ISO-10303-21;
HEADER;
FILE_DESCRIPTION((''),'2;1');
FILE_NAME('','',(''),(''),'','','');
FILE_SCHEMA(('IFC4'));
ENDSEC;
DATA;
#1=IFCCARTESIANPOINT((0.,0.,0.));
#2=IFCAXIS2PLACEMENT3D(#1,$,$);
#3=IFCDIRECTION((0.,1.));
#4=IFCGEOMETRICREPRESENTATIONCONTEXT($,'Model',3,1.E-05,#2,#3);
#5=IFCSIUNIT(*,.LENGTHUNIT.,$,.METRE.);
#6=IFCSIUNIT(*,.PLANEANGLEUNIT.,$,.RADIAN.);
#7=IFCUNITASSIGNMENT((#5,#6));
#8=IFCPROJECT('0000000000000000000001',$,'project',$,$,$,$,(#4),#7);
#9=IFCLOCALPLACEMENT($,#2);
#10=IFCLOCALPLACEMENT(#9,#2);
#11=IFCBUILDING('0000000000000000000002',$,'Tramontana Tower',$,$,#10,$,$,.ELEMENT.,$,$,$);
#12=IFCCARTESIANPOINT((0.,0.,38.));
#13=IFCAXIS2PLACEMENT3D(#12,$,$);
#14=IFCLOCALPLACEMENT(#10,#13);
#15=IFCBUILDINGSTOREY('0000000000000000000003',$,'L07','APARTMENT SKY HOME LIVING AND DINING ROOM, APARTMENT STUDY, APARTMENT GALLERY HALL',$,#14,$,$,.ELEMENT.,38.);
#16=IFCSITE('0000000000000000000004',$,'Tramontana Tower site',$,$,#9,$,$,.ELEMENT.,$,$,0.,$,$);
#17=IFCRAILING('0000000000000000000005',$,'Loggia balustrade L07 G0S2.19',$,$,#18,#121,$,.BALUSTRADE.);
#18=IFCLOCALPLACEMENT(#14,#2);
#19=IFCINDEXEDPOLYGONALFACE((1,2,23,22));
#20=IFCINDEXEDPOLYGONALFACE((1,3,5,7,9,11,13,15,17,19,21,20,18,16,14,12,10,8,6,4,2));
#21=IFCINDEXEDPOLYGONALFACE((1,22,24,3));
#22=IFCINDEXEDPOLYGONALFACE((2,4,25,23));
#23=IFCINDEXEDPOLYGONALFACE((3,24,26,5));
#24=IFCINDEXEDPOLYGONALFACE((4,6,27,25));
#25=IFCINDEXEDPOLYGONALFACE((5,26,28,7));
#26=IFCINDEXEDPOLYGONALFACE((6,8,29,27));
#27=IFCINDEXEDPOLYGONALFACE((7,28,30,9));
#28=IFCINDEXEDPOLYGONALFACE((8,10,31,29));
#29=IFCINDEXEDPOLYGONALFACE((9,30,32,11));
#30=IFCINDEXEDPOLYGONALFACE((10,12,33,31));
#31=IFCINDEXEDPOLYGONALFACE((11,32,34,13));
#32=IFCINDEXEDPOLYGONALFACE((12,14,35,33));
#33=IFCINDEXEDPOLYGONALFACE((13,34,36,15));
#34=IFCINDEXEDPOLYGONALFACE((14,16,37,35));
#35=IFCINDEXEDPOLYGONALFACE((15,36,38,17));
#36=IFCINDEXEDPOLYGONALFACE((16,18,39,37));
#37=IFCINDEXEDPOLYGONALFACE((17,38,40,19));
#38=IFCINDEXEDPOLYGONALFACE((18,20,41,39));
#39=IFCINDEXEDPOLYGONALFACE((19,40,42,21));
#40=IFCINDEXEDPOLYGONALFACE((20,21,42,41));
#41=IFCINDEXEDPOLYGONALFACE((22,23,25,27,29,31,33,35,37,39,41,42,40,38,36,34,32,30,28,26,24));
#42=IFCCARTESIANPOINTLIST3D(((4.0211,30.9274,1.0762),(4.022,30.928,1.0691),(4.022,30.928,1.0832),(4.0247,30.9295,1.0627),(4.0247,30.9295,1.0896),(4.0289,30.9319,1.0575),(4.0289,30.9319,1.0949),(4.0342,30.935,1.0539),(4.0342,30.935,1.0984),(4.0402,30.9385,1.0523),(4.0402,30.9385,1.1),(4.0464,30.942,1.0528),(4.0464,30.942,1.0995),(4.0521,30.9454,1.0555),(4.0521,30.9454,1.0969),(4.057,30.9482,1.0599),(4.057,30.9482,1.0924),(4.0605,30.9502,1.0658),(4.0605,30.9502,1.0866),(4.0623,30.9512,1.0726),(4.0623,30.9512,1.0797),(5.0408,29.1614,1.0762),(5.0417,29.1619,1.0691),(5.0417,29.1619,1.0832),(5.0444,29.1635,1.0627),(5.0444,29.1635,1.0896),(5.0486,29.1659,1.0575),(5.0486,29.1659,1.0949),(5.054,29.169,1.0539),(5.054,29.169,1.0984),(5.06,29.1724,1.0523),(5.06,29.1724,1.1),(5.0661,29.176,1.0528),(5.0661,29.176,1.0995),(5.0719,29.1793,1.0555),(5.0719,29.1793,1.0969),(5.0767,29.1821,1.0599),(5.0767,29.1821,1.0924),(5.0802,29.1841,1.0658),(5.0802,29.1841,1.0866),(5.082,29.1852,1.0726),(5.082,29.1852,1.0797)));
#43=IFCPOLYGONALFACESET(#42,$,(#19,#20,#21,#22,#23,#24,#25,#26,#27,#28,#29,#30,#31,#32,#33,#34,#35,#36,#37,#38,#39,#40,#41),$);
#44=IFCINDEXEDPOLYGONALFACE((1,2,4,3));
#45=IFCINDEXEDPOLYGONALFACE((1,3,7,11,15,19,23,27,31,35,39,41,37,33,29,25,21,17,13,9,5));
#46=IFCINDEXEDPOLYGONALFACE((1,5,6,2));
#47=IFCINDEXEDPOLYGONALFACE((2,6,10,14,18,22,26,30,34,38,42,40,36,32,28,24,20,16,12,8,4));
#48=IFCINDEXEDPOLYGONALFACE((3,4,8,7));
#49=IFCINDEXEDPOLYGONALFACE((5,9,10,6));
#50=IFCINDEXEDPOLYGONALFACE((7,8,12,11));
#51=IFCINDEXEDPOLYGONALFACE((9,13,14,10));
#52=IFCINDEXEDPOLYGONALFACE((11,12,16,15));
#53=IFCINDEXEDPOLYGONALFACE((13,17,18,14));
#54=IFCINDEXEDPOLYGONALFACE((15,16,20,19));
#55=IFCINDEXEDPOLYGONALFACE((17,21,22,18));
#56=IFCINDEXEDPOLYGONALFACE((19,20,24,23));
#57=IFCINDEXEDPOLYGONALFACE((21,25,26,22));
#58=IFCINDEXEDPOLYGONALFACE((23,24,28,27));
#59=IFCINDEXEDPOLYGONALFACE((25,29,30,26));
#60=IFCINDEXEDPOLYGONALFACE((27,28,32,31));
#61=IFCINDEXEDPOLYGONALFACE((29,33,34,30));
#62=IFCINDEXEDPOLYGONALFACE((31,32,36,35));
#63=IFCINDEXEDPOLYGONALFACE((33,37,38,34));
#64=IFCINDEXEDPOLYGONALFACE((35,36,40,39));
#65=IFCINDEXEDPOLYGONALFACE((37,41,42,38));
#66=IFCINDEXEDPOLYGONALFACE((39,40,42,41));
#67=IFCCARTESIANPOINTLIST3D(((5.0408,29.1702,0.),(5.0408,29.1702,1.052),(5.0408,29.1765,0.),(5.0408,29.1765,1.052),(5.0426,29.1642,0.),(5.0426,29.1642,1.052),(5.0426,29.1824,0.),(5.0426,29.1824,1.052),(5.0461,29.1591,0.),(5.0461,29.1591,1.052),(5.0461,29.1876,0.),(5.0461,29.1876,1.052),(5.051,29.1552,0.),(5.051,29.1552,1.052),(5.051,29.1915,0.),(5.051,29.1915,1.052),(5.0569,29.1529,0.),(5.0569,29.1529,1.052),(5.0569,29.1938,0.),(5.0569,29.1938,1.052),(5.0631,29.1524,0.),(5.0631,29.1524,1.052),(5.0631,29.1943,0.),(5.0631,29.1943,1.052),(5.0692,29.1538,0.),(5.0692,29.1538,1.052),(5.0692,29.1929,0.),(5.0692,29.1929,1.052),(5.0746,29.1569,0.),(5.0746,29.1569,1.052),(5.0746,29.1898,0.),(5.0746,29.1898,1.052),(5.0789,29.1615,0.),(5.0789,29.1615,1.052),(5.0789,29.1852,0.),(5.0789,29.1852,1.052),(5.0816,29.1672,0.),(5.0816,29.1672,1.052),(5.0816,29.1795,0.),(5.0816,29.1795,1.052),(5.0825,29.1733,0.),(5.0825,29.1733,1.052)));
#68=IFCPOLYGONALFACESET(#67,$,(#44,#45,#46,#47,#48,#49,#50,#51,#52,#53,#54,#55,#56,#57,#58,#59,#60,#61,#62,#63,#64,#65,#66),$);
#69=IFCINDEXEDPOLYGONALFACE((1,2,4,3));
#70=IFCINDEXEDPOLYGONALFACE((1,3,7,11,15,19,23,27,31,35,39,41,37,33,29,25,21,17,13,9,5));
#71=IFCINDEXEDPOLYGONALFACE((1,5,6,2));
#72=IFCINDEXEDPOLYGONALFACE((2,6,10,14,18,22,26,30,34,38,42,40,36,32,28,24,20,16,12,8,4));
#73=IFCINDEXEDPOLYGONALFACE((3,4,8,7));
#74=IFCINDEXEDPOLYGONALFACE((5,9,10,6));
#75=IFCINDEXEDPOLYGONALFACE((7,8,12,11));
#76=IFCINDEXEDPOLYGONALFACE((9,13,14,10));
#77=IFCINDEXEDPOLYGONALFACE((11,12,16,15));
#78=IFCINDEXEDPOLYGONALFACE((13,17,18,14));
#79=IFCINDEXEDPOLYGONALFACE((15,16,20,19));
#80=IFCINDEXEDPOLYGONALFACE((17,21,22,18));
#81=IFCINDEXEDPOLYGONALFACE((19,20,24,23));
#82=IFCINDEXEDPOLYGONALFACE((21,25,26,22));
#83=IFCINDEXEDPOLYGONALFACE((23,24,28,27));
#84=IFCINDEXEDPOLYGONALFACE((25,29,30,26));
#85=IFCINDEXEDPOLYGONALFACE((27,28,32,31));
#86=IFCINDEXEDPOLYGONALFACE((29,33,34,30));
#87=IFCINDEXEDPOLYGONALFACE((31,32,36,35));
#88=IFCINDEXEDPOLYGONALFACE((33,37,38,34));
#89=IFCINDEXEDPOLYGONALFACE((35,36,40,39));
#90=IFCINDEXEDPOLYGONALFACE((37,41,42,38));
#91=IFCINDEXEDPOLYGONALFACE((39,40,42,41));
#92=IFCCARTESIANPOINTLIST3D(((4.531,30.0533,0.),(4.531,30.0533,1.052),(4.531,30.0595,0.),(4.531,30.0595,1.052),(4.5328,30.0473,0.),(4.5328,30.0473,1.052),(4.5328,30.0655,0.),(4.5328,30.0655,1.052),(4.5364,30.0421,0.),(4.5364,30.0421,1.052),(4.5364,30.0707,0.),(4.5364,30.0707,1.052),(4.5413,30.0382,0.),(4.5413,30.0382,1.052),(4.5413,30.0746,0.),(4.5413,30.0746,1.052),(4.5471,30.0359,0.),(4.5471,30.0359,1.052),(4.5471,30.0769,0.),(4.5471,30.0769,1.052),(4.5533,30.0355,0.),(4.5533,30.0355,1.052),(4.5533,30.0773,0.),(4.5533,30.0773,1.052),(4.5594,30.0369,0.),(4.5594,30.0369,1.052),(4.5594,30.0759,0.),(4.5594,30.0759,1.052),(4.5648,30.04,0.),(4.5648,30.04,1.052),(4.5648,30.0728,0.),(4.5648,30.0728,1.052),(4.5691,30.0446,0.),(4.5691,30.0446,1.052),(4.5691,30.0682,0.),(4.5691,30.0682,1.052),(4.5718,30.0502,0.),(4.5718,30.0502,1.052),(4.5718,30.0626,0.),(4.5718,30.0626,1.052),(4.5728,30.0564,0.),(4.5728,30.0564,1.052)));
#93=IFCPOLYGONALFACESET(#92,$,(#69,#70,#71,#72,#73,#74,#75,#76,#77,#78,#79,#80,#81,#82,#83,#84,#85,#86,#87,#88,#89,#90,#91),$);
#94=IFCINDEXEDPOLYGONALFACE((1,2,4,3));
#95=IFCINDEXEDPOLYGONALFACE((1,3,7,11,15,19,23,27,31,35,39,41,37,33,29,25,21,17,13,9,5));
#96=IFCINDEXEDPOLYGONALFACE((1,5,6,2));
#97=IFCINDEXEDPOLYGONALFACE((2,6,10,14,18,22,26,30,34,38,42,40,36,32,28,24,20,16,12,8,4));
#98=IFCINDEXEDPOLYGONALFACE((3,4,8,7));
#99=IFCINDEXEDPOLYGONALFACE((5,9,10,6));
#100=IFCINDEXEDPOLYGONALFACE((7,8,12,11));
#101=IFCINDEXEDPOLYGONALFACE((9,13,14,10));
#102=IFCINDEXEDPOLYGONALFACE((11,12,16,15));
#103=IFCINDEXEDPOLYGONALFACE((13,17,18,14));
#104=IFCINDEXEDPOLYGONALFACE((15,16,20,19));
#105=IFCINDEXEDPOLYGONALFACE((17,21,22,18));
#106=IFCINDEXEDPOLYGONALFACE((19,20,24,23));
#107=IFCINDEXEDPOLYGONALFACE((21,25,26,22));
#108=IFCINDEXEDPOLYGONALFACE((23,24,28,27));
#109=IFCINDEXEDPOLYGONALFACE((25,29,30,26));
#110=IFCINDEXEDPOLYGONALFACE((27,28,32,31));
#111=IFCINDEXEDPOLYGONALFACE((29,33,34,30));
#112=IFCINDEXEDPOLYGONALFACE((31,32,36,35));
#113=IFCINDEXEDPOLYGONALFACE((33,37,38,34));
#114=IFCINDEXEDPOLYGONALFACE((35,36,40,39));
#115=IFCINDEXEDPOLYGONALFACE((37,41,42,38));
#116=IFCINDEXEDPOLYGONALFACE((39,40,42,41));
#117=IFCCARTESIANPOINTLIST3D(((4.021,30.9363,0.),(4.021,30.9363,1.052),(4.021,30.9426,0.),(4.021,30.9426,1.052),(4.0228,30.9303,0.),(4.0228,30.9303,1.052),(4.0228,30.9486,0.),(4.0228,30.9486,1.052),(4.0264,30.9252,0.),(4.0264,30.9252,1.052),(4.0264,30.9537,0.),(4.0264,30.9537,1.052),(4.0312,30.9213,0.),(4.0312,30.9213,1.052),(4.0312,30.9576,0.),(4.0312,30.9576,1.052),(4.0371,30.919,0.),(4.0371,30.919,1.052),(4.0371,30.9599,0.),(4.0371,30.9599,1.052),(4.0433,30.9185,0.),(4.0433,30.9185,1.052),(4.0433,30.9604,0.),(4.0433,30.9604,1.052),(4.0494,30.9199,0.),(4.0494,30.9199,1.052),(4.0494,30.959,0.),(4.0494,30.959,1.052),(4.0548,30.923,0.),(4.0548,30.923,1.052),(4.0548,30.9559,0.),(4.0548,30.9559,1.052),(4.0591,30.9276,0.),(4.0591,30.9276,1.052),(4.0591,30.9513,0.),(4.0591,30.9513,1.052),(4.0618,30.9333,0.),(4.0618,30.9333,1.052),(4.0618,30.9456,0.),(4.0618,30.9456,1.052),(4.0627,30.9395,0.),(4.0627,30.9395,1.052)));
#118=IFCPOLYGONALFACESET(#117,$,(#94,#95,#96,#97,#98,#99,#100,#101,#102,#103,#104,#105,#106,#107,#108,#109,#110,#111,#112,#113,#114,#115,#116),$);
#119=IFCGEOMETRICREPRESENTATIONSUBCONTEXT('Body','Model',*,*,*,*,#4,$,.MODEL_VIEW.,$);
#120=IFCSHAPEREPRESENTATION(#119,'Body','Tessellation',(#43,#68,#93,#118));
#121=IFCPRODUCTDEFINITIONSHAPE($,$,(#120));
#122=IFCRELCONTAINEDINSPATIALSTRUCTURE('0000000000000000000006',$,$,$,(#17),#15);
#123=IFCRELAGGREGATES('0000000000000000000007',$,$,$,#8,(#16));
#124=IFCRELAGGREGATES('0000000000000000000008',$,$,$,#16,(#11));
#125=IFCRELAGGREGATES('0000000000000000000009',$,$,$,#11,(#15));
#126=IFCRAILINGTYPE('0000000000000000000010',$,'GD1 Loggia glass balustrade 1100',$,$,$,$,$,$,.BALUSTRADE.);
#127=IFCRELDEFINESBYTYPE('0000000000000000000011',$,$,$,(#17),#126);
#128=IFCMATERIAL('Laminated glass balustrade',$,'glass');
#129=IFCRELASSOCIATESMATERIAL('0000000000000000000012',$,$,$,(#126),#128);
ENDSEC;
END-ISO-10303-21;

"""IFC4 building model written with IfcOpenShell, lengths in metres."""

from ifc_helpers import new_model, si_unit, direction, frame, origin, origin_2d, place, context, subcontext, project, spatial, circle, extrude, material, type_object, element, save


model = new_model("IFC4")

# Units and contexts
model_context = context("Model", 3, precision=1e-05, world=origin(), true_north=direction((0.0, 1.0)))
body_context = subcontext(model_context, "Body", "Model", "MODEL_VIEW")
ifc_project = project(units=[si_unit("LENGTHUNIT", "METRE"), si_unit("PLANEANGLEUNIT", "RADIAN")], contexts=[model_context])

# Site, building, storey
site_placement = place(None, origin())
site = spatial("IfcSite", under=ifc_project, at=site_placement, Name="Tramontana Tower site", CompositionType="ELEMENT", RefElevation=0.0)
building_placement = place(site_placement, origin())
building = spatial("IfcBuilding", under=site, at=building_placement, Name="Tramontana Tower", CompositionType="ELEMENT")
storey_placement = place(building_placement, frame((0.0, 0.0, 38.0)))
storey = spatial("IfcBuildingStorey", under=building, at=storey_placement, Name="L07", Description="APARTMENT SKY HOME LIVING AND DINING ROOM, APARTMENT STUDY, APARTMENT GALLERY HALL", CompositionType="ELEMENT", Elevation=38.0)

# Railing
ifc_material_1 = material(Name="Laminated glass balustrade", Category="glass")
railing_type = type_object("IfcRailingType", Name="GD1 Loggia glass balustrade 1100", PredefinedType="BALUSTRADE", material=ifc_material_1)
railing_placement = place(storey_placement, frame((5.0615, 29.1733, 0.0)))
element("IfcRailing", 1, at=railing_placement, inside=storey, type_object=railing_type, Name="Loggia balustrade L07 G0S2.19", PredefinedType="BALUSTRADE", context=body_context, shape_type="SweptSolid", body=[
    extrude(circle(Radius=0.0239, at=origin_2d()), frame((0.0, 0.0, 1.0762), z_axis=(-0.50004, 0.866002, 0.0), x_axis=(-0.866002, -0.50004, 0.0)), (0.0, 0.0, 1.0), 2.0393),
    extrude(circle(Radius=0.021, at=origin_2d()), origin(), (0.0, 0.0, 1.0), 1.052),
    extrude(circle(Radius=0.021, at=origin_2d()), frame((-0.5098, 0.8831, 0.0)), (0.0, 0.0, 1.0), 1.052),
    extrude(circle(Radius=0.021, at=origin_2d()), frame((-1.0198, 1.7661, 0.0)), (0.0, 0.0, 1.0), 1.052),
])

save(model, "model.ifc")
